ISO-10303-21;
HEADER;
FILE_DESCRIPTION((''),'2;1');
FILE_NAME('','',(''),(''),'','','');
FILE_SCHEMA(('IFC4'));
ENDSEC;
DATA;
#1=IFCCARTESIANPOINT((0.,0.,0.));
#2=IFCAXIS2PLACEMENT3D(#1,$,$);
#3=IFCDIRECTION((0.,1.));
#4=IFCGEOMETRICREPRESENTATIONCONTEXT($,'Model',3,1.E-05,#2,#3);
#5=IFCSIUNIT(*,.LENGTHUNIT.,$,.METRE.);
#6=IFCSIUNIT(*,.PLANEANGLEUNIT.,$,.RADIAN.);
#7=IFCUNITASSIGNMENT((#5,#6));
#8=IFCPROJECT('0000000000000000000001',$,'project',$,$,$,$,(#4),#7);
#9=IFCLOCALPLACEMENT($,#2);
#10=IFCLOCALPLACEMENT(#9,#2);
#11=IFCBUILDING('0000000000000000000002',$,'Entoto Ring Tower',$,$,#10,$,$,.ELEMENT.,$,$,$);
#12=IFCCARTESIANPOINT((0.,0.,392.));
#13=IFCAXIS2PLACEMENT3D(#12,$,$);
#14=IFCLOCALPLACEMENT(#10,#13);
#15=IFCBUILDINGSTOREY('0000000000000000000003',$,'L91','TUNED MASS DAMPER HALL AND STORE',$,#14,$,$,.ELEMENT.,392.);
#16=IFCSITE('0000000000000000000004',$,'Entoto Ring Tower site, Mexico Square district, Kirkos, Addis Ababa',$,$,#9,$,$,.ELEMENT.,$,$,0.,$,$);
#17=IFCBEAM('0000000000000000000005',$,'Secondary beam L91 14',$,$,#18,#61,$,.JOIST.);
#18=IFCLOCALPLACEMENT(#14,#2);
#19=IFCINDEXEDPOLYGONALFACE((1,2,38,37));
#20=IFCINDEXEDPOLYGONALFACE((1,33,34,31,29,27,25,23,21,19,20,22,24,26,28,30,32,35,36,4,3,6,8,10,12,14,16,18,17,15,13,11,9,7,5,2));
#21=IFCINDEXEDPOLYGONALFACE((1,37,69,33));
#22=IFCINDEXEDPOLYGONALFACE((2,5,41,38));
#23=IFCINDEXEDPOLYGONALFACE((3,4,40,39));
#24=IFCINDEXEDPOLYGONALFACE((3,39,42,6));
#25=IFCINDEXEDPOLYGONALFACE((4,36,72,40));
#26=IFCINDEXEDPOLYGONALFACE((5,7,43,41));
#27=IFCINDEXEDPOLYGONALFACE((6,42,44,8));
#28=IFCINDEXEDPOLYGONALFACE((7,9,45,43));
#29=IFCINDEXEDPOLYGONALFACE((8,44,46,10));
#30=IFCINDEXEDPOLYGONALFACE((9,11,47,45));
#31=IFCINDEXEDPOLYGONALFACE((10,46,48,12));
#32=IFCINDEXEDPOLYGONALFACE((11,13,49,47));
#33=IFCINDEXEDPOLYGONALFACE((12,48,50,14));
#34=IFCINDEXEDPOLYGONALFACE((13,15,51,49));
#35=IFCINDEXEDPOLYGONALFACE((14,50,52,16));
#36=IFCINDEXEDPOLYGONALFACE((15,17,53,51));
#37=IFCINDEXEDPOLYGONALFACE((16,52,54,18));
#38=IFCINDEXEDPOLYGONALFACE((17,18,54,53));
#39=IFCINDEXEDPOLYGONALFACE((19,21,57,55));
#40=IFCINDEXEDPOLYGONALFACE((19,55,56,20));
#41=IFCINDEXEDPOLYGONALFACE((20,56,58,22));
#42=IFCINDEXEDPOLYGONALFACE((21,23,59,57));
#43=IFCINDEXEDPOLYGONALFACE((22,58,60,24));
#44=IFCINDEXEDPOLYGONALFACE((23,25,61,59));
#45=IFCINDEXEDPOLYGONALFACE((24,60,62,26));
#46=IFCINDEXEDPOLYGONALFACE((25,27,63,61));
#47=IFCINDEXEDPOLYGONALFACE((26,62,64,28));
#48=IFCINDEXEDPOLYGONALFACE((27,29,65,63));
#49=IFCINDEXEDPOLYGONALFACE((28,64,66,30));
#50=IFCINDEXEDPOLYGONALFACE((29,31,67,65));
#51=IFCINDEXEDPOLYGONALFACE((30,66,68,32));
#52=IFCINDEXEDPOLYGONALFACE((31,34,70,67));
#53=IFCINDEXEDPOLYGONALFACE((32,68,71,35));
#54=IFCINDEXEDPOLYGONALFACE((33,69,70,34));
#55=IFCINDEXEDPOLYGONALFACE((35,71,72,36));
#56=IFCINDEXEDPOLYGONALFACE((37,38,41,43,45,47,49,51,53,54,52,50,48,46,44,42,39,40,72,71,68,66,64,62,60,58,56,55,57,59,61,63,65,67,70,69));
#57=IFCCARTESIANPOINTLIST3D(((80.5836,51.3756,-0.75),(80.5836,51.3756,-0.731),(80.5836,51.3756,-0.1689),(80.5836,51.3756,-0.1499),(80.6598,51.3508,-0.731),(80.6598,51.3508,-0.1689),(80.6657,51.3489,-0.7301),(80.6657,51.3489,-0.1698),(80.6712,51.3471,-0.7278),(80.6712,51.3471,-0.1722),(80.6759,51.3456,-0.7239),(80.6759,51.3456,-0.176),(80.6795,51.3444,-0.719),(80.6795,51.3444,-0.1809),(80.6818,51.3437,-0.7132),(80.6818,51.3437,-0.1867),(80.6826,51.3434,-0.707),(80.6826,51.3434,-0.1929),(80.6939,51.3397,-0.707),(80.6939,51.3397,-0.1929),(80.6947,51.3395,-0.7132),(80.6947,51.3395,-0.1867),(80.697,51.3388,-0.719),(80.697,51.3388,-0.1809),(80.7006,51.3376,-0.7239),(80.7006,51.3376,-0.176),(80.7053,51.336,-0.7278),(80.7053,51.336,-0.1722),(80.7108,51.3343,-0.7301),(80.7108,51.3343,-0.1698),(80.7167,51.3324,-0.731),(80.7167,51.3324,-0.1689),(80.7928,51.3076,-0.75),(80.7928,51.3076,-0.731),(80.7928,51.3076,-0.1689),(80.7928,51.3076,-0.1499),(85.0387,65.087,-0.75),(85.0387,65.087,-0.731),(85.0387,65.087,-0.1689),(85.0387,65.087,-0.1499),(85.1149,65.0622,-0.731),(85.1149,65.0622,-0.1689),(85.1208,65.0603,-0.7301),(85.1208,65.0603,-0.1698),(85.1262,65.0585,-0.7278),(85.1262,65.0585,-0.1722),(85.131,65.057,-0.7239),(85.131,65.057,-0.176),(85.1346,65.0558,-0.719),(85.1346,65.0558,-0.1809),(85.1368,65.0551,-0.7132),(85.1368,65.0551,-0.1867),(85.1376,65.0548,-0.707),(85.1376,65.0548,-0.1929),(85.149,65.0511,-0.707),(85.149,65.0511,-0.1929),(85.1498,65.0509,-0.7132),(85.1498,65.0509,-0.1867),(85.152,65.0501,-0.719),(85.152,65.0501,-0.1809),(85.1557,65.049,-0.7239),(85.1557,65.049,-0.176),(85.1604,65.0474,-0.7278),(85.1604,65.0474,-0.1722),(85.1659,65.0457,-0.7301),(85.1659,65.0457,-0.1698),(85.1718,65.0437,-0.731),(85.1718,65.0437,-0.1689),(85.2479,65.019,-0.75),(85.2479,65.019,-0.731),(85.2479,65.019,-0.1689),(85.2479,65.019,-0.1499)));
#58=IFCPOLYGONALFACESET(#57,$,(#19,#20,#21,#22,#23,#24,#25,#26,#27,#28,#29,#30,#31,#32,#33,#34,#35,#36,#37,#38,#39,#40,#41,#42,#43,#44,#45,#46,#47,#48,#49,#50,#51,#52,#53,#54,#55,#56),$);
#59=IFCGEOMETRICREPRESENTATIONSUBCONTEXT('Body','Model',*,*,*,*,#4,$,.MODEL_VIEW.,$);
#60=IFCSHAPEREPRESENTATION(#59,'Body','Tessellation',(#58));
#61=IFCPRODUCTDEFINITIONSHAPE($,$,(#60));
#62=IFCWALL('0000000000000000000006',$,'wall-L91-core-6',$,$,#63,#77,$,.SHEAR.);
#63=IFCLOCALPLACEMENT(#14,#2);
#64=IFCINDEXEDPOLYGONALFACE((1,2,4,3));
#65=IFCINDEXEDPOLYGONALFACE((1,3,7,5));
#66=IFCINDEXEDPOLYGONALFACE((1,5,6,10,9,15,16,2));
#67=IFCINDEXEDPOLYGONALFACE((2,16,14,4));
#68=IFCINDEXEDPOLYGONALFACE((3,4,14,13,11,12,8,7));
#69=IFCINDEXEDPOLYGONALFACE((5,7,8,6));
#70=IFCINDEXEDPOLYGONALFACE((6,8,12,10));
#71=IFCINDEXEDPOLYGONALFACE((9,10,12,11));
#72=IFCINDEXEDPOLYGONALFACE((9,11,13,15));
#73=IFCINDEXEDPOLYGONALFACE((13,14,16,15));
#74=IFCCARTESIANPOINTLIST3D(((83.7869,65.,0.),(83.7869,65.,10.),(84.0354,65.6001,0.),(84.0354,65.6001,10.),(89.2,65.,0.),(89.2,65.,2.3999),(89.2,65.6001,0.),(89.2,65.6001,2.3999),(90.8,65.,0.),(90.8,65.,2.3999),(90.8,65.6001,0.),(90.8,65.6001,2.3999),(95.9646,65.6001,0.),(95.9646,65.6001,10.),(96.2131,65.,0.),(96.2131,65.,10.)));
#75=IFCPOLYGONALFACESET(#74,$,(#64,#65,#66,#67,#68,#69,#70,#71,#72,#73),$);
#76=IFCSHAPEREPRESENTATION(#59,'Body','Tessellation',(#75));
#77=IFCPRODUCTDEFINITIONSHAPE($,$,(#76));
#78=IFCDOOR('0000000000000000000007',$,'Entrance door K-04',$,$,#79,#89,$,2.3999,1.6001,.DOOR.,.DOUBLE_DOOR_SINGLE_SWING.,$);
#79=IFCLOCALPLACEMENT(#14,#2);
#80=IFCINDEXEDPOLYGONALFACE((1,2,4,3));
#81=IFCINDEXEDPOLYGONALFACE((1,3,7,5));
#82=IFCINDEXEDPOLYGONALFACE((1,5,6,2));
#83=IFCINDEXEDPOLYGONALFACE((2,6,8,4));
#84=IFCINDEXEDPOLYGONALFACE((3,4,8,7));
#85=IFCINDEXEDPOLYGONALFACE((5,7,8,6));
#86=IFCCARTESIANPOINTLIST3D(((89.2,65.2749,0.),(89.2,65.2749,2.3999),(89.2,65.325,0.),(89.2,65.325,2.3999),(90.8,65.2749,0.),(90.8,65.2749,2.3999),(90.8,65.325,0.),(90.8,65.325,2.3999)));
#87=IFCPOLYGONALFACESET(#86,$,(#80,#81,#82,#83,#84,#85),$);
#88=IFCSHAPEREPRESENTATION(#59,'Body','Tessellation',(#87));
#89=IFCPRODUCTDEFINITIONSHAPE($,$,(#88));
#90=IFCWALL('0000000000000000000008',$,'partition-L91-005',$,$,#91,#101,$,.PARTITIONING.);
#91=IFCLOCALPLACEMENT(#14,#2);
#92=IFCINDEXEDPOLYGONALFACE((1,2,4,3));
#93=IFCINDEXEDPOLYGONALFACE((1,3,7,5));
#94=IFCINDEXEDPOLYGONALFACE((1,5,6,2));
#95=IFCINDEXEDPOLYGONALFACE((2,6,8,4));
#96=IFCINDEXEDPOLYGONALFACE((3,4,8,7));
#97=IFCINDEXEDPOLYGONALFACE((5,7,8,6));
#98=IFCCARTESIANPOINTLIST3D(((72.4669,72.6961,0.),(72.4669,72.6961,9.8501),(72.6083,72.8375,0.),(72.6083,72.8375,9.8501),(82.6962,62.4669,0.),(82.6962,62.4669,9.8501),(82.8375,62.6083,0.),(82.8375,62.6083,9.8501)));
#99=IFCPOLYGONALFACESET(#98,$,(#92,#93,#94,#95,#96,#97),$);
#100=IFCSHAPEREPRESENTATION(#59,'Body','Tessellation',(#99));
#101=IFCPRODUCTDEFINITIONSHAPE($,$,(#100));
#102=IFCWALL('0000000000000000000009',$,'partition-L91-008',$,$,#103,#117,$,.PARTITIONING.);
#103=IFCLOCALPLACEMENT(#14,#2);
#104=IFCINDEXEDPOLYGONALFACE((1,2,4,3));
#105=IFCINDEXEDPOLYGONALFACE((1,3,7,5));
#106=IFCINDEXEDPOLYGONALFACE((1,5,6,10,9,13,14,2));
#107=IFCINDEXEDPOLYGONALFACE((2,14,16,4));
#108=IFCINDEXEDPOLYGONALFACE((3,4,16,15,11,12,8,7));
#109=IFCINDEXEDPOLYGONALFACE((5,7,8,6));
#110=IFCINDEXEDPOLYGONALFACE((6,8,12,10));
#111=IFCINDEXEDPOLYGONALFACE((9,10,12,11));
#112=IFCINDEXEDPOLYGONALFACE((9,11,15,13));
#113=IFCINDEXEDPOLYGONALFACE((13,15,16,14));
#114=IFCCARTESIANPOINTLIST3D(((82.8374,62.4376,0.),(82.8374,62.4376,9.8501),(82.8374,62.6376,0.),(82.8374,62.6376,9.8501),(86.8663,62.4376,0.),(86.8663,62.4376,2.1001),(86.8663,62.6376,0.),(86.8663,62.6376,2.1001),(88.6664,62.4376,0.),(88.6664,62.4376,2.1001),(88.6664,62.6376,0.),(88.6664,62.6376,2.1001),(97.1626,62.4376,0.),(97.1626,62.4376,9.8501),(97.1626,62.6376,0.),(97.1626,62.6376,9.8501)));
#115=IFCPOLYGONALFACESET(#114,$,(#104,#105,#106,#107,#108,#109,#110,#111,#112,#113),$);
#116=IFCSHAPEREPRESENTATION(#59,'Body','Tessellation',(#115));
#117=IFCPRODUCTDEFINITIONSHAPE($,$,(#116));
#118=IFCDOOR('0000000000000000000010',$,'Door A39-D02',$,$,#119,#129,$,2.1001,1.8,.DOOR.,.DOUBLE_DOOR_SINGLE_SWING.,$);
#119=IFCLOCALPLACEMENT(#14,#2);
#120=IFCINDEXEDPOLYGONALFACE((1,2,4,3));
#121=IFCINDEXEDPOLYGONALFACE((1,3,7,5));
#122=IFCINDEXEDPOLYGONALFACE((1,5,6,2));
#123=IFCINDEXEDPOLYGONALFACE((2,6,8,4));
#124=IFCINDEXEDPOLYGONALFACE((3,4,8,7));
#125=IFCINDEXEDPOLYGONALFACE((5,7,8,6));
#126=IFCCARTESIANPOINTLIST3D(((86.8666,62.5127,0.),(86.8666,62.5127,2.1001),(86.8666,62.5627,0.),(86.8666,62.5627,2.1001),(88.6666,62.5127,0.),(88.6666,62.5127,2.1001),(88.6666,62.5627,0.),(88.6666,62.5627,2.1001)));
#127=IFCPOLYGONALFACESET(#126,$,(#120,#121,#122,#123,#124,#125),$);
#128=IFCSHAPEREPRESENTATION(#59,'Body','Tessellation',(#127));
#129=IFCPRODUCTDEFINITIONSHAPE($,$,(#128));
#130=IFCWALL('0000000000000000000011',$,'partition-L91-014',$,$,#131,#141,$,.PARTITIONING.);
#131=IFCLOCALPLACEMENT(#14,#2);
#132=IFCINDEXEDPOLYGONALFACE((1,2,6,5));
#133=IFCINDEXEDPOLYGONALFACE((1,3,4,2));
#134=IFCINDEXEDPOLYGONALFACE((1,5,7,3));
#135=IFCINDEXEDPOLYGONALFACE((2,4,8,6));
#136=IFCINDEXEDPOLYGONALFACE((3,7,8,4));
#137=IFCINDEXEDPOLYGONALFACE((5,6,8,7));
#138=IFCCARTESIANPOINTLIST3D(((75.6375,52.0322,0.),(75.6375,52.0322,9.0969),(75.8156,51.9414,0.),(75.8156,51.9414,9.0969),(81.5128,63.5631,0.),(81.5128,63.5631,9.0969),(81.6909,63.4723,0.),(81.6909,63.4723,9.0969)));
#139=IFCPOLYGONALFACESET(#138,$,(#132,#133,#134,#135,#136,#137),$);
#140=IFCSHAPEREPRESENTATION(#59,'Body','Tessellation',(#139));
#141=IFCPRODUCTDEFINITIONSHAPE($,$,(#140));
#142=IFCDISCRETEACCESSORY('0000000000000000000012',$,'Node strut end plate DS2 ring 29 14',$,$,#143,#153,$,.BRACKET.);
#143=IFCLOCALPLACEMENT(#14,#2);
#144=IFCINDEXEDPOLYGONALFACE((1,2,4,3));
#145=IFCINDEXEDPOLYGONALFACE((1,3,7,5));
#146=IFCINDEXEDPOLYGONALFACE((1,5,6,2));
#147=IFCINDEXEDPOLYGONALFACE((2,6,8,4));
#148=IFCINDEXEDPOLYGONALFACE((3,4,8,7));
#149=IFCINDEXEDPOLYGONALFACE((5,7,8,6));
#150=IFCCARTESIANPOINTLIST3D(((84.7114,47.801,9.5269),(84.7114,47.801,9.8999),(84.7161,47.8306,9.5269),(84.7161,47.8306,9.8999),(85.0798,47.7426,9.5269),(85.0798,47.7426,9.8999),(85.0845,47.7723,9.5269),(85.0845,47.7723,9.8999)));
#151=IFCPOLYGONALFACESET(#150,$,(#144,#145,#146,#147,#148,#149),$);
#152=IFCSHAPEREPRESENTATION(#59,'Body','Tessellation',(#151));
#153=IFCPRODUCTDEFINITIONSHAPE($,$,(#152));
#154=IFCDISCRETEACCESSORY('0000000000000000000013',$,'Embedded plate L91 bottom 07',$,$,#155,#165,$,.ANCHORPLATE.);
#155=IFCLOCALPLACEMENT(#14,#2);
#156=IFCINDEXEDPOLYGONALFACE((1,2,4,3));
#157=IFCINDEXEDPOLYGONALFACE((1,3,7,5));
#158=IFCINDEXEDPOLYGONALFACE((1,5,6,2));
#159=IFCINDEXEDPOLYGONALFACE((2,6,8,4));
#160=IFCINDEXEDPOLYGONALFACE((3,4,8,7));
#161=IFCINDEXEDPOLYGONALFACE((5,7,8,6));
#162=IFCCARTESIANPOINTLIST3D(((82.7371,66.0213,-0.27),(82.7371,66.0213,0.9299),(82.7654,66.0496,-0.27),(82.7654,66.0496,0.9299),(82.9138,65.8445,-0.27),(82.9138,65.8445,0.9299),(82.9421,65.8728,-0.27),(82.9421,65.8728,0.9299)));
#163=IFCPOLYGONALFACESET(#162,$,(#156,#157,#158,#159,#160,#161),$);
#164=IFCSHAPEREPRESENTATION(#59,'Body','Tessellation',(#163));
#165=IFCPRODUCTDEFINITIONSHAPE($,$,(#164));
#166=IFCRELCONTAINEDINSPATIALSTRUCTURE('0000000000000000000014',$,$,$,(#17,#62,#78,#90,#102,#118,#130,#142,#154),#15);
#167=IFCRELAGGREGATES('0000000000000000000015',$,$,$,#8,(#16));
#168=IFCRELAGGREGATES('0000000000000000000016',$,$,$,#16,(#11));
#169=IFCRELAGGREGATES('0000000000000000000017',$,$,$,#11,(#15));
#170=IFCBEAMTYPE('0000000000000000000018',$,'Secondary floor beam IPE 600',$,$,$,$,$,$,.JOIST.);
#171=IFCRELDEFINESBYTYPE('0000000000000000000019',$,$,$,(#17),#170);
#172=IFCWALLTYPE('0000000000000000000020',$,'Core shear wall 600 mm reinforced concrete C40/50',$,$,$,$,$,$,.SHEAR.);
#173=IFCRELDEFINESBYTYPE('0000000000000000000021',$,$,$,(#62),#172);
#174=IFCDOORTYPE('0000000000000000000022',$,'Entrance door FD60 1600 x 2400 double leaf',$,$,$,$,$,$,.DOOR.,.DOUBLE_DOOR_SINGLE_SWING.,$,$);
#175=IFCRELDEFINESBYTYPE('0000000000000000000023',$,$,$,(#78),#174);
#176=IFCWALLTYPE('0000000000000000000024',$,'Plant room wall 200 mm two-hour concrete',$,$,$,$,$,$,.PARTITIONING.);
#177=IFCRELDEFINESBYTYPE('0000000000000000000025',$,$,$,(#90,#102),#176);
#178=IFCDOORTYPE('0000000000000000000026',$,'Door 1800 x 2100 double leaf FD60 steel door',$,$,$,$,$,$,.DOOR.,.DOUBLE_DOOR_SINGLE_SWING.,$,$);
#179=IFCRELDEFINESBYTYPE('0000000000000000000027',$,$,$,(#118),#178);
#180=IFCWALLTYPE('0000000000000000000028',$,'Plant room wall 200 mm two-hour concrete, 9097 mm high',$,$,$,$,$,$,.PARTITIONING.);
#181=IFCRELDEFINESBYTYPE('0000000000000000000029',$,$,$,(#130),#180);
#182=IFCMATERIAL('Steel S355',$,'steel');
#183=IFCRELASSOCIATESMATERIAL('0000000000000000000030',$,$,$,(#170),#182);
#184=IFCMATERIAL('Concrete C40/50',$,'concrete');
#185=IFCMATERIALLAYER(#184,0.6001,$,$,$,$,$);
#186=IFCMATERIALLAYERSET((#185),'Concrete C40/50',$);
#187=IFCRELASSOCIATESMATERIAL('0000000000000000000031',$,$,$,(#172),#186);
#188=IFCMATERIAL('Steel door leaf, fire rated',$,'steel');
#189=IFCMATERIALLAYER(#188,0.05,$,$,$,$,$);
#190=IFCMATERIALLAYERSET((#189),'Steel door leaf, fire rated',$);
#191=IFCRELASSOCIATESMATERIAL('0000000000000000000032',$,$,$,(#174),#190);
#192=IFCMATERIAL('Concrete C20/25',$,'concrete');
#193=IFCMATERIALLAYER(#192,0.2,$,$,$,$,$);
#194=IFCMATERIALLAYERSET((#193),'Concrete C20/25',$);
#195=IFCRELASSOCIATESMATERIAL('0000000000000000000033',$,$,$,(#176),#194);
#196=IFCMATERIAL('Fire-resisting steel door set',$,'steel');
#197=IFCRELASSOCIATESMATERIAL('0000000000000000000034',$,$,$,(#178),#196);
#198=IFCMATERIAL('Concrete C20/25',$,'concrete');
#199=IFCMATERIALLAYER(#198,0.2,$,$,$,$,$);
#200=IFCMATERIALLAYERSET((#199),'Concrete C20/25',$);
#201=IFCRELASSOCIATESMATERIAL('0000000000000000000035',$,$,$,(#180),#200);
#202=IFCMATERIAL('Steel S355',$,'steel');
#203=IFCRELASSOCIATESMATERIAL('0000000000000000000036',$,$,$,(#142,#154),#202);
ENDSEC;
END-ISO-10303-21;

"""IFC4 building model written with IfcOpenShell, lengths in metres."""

from ifc_helpers import new_model, si_unit, direction, frame, frame_2d, origin, origin_2d, place, context, subcontext, project, spatial, polyline, rectangle, i_section, outline, extrude, material, layer, layer_set, material_profile, profile_set, type_object, element, fill, save


model = new_model("IFC4")

# Units and contexts
model_context = context("Model", 3, precision=1e-05, world=origin(), true_north=direction((0.0, 1.0)))
body_context = subcontext(model_context, "Body", "Model", "MODEL_VIEW")
ifc_project = project(units=[si_unit("LENGTHUNIT", "METRE"), si_unit("PLANEANGLEUNIT", "RADIAN")], contexts=[model_context])

# Site, building, storey
site_placement = place(None, origin())
site = spatial("IfcSite", under=ifc_project, at=site_placement, Name="Entoto Ring Tower site, Mexico Square district, Kirkos, Addis Ababa", CompositionType="ELEMENT", RefElevation=0.0)
building_placement = place(site_placement, origin())
building = spatial("IfcBuilding", under=site, at=building_placement, Name="Entoto Ring Tower", CompositionType="ELEMENT")
storey_placement = place(building_placement, frame((0.0, 0.0, 392.0)))
storey = spatial("IfcBuildingStorey", under=building, at=storey_placement, Name="L91", Description="TUNED MASS DAMPER HALL AND STORE", CompositionType="ELEMENT", Elevation=392.0)

# Beam
ifc_material_1 = material(Name="Steel S355", Category="steel")
ifc_material_profile_1 = material_profile(ifc_material_1, i_section(OverallWidth=0.22, OverallDepth=0.6001, WebThickness=0.012, FlangeThickness=0.019, FilletRadius=0.0239, at=origin_2d()), Name="IPE 600")
ifc_profile_set_1 = profile_set([ifc_material_profile_1], Name="Steel S355")
beam_type_1 = type_object("IfcBeamType", Name="Secondary floor beam IPE 600", PredefinedType="JOIST", material=ifc_profile_set_1)
beam_1_placement = place(storey_placement, frame((85.1433, 65.053, -0.45), z_axis=(-0.309015, -0.951057, 0.0), x_axis=(0.951057, -0.309015, 0.0)))
element("IfcBeam", 1, at=beam_1_placement, inside=storey, type_object=beam_type_1, Name="Secondary beam L91 14", PredefinedType="JOIST", context=body_context, shape_type="SweptSolid", body=[
    extrude(i_section(OverallWidth=0.22, OverallDepth=0.6001, WebThickness=0.012, FlangeThickness=0.019, FilletRadius=0.0239, at=origin_2d()), origin(), (0.0, 0.0, 1.0), 14.417),
])

# Wall, opening, door
ifc_material_2 = material(Name="Concrete C40/50", Category="concrete")
ifc_layer_1 = layer(ifc_material_2, 0.6001)
ifc_layer_set_1 = layer_set([ifc_layer_1], Name="Concrete C40/50")
wall_type_1 = type_object("IfcWallType", Name="Core shear wall 600 mm reinforced concrete C40/50", PredefinedType="SHEAR", material=ifc_layer_set_1)
wall_1_placement = place(storey_placement, frame((83.9111, 65.3, 0.0), z_axis=(0.0, 0.0, 1.0), x_axis=(1.0, 0.0, 0.0)))
wall_1 = element("IfcWall", 2, at=wall_1_placement, inside=storey, type_object=wall_type_1, Name="wall-L91-core-6", PredefinedType="SHEAR", context=body_context, shape_type="SweptSolid", body=[
    extrude(outline(polyline([(-0.1243, -0.3), (12.302, -0.3), (12.0535, 0.3), (0.1243, 0.3), (-0.1243, -0.3)])), origin(), (0.0, 0.0, 1.0), 10.0),
])
opening_1_placement = place(wall_1_placement, frame((5.2888, 0.0, 0.0)))
opening_1 = element("IfcOpeningElement", 3, at=opening_1_placement, cuts=wall_1, PredefinedType="OPENING", context=body_context, shape_type="SweptSolid", body=[
    extrude(rectangle(XDim=1.6001, YDim=2.3999, at=frame_2d((0.8, 1.2))), frame((0.0, 0.3101, 0.0), z_axis=(0.0, -1.0, 0.0), x_axis=(1.0, 0.0, 0.0)), (0.0, 0.0, 1.0), 0.6201),
])
ifc_material_3 = material(Name="Steel door leaf, fire rated", Category="steel")
ifc_layer_2 = layer(ifc_material_3, 0.05)
ifc_layer_set_2 = layer_set([ifc_layer_2], Name="Steel door leaf, fire rated")
door_type_1 = type_object("IfcDoorType", Name="Entrance door FD60 1600 x 2400 double leaf", OperationType="DOUBLE_DOOR_SINGLE_SWING", PredefinedType="DOOR", material=ifc_layer_set_2)
door_1_placement = place(opening_1_placement, origin())
door_1 = element("IfcDoor", 4, at=door_1_placement, inside=storey, type_object=door_type_1, Name="Entrance door K-04", OperationType="DOUBLE_DOOR_SINGLE_SWING", OverallHeight=2.3999, OverallWidth=1.6001, PredefinedType="DOOR", context=body_context, shape_type="SweptSolid", body=[
    extrude(rectangle(XDim=1.6001, YDim=2.3999, at=frame_2d((0.8, 1.2))), frame((0.0, 0.0249, 0.0), z_axis=(0.0, -1.0, 0.0), x_axis=(1.0, 0.0, 0.0)), (0.0, 0.0, 1.0), 0.05),
])
fill(opening_1, door_1)

# Wall
ifc_material_4 = material(Name="Concrete C20/25", Category="concrete")
ifc_layer_3 = layer(ifc_material_4, 0.2)
ifc_layer_set_3 = layer_set([ifc_layer_3], Name="Concrete C20/25")
wall_type_2 = type_object("IfcWallType", Name="Plant room wall 200 mm two-hour concrete", PredefinedType="PARTITIONING", material=ifc_layer_set_3)
wall_2_placement = place(storey_placement, frame((82.7668, 62.5376, 0.0), z_axis=(0.0, 0.0, 1.0), x_axis=(-0.707107, 0.707107, 0.0)))
element("IfcWall", 5, at=wall_2_placement, inside=storey, type_object=wall_type_2, Name="partition-L91-005", PredefinedType="PARTITIONING", context=body_context, shape_type="SweptSolid", body=[
    extrude(rectangle(XDim=14.4663, YDim=0.2, at=frame_2d((7.2332, 0.0))), origin(), (0.0, 0.0, 1.0), 9.8501),
])

# Wall, opening, door
wall_3_placement = place(storey_placement, frame((82.8374, 62.5376, 0.0), z_axis=(0.0, 0.0, 1.0), x_axis=(1.0, 0.0, 0.0)))
wall_3 = element("IfcWall", 6, at=wall_3_placement, inside=storey, type_object=wall_type_2, Name="partition-L91-008", PredefinedType="PARTITIONING", context=body_context, shape_type="SweptSolid", body=[
    extrude(rectangle(XDim=14.3252, YDim=0.2, at=frame_2d((7.1626, 0.0))), origin(), (0.0, 0.0, 1.0), 9.8501),
])
opening_2_placement = place(wall_3_placement, frame((4.0291, 0.0, 0.0)))
opening_2 = element("IfcOpeningElement", 7, at=opening_2_placement, cuts=wall_3, PredefinedType="OPENING", context=body_context, shape_type="SweptSolid", body=[
    extrude(rectangle(XDim=1.8, YDim=2.1001, at=frame_2d((0.8999, 1.05))), frame((0.0, 0.1099, 0.0), z_axis=(0.0, -1.0, 0.0), x_axis=(1.0, 0.0, 0.0)), (0.0, 0.0, 1.0), 0.22),
])
ifc_material_5 = material(Name="Fire-resisting steel door set", Category="steel")
door_type_2 = type_object("IfcDoorType", Name="Door 1800 x 2100 double leaf FD60 steel door", OperationType="DOUBLE_DOOR_SINGLE_SWING", PredefinedType="DOOR", material=ifc_material_5)
door_2_placement = place(opening_2_placement, frame((1.8, 0.0, 0.0), z_axis=(0.0, 0.0, 1.0), x_axis=(-1.0, 0.0, 0.0)))
door_2 = element("IfcDoor", 8, at=door_2_placement, inside=storey, type_object=door_type_2, Name="Door A39-D02", OperationType="DOUBLE_DOOR_SINGLE_SWING", OverallHeight=2.1001, OverallWidth=1.8, PredefinedType="DOOR", context=body_context, shape_type="SweptSolid", body=[
    extrude(rectangle(XDim=1.8, YDim=2.1001, at=frame_2d((0.8999, 1.05))), frame((0.0, 0.0249, 0.0), z_axis=(0.0, -1.0, 0.0), x_axis=(1.0, 0.0, 0.0)), (0.0, 0.0, 1.0), 0.05),
])
fill(opening_2, door_2)

# Wall
ifc_material_6 = material(Name="Concrete C20/25", Category="concrete")
ifc_layer_4 = layer(ifc_material_6, 0.2)
ifc_layer_set_4 = layer_set([ifc_layer_4], Name="Concrete C20/25")
wall_type_3 = type_object("IfcWallType", Name="Plant room wall 200 mm two-hour concrete, 9097 mm high", PredefinedType="PARTITIONING", material=ifc_layer_set_4)
wall_4_placement = place(storey_placement, frame((75.7266, 51.9868, 0.0), z_axis=(0.0, 0.0, 1.0), x_axis=(0.453992, 0.891006, 0.0)))
element("IfcWall", 9, at=wall_4_placement, inside=storey, type_object=wall_type_3, Name="partition-L91-014", PredefinedType="PARTITIONING", context=body_context, shape_type="SweptSolid", body=[
    extrude(rectangle(XDim=12.9414, YDim=0.2, at=frame_2d((6.4707, 0.0))), origin(), (0.0, 0.0, 1.0), 9.0969),
])

# Discrete accessories
ifc_material_7 = material(Name="Steel S355", Category="steel")
discrete_accessory_1_placement = place(storey_placement, frame((84.8979, 47.7866, 9.5269), z_axis=(0.0, 0.0, 1.0), x_axis=(-0.156434, -0.987688, 0.0)))
element("IfcDiscreteAccessory", 10, at=discrete_accessory_1_placement, inside=storey, material=ifc_material_7, Name="Node strut end plate DS2 ring 29 14", PredefinedType="BRACKET", context=body_context, shape_type="SweptSolid", body=[
    extrude(rectangle(XDim=0.03, YDim=0.373, at=origin_2d()), origin(), (0.0, 0.0, 1.0), 0.373),
])
discrete_accessory_2_placement = place(storey_placement, frame((82.8396, 65.947, -0.27), z_axis=(0.0, 0.0, 1.0), x_axis=(-0.707107, -0.707107, 0.0)))
element("IfcDiscreteAccessory", 11, at=discrete_accessory_2_placement, inside=storey, material=ifc_material_7, Name="Embedded plate L91 bottom 07", PredefinedType="ANCHORPLATE", context=body_context, shape_type="SweptSolid", body=[
    extrude(rectangle(XDim=0.04, YDim=0.25, at=origin_2d()), origin(), (0.0, 0.0, 1.0), 1.2),
])

save(model, "model.ifc")
